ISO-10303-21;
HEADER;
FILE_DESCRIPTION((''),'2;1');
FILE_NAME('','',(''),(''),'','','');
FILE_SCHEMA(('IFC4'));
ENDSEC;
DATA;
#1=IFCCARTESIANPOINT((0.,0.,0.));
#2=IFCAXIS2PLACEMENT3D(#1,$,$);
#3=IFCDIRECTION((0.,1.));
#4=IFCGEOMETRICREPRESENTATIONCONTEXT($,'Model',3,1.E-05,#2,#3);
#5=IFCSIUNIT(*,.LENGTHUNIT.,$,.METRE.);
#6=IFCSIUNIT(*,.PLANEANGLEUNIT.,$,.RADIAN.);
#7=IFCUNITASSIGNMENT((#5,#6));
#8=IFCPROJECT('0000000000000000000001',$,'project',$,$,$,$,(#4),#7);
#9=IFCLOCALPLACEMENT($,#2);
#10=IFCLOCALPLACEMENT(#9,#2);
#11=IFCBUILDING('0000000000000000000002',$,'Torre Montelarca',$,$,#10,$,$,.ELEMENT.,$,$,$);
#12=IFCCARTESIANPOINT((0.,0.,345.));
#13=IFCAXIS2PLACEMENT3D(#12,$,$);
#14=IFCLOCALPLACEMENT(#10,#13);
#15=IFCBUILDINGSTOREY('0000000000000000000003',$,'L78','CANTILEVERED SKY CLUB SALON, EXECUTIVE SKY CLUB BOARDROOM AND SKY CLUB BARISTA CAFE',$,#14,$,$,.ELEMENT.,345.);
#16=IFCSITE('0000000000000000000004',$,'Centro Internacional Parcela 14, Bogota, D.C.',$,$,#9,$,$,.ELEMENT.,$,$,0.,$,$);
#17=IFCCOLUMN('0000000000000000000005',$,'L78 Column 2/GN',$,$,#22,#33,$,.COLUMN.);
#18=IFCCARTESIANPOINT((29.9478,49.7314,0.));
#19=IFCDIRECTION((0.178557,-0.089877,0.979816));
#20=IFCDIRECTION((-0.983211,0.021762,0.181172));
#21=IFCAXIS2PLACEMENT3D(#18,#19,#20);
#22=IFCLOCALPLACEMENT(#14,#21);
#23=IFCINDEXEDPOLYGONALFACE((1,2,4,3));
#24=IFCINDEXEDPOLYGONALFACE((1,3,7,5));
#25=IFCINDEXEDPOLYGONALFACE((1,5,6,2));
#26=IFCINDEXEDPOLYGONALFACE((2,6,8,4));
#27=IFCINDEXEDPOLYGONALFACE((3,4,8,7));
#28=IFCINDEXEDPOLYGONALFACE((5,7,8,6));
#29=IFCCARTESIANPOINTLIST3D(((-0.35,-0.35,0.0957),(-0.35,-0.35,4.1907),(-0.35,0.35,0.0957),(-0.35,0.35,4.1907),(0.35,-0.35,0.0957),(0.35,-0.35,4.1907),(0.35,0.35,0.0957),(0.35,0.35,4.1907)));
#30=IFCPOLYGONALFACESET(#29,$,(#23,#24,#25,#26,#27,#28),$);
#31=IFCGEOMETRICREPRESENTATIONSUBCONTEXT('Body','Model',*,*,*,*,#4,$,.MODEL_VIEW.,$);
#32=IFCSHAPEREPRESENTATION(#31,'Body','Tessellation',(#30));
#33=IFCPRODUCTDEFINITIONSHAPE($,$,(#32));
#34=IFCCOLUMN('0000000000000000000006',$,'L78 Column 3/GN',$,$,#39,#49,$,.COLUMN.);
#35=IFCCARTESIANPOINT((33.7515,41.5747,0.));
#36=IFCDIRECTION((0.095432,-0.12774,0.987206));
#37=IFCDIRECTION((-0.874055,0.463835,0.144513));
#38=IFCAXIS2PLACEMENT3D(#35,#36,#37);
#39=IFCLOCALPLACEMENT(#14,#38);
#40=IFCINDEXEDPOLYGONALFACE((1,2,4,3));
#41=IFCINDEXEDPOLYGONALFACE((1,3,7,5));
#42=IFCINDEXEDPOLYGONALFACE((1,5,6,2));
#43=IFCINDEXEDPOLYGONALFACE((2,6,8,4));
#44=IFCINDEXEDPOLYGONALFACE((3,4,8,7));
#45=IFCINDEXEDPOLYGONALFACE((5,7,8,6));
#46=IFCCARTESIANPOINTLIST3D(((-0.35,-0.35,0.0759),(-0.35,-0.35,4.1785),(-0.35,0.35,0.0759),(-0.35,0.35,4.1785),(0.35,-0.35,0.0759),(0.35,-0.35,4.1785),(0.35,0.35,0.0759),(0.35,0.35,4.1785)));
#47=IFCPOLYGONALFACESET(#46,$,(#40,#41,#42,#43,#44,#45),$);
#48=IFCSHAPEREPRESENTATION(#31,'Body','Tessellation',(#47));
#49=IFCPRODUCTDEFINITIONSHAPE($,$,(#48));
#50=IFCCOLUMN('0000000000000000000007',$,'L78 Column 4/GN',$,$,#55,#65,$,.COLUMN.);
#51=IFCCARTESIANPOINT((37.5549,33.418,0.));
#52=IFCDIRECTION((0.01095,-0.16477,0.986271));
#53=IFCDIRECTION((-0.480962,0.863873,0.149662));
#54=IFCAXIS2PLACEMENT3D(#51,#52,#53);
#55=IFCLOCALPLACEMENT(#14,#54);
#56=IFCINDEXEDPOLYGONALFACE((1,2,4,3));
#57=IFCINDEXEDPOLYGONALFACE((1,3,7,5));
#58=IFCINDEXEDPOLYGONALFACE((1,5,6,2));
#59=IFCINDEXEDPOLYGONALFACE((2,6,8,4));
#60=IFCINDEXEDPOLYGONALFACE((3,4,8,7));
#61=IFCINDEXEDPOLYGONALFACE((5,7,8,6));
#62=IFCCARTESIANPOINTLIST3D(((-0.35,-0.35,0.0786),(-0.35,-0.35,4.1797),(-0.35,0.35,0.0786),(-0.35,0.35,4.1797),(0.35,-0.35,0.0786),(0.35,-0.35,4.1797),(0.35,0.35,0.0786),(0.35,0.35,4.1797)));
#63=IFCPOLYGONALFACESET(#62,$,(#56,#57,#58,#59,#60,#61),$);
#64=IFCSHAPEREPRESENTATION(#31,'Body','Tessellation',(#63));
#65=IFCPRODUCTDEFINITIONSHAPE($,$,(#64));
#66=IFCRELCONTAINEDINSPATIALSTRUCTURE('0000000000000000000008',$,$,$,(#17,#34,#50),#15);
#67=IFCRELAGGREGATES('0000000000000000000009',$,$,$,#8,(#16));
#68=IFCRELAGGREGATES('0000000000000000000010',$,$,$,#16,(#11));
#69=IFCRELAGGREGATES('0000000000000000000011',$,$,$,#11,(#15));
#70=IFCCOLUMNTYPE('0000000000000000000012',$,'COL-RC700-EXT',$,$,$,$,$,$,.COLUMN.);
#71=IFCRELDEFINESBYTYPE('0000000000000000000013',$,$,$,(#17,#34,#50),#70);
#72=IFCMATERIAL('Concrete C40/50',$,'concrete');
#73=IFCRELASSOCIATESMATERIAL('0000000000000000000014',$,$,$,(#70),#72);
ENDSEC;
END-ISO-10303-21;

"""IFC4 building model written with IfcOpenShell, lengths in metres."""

from ifc_helpers import new_model, si_unit, direction, frame, origin, origin_2d, place, context, subcontext, project, spatial, rectangle, extrude, clip, halfspace, material, material_profile, profile_set, type_object, element, save


model = new_model("IFC4")

# Units and contexts
model_context = context("Model", 3, precision=1e-05, world=origin(), true_north=direction((0.0, 1.0)))
body_context = subcontext(model_context, "Body", "Model", "MODEL_VIEW")
ifc_project = project(units=[si_unit("LENGTHUNIT", "METRE"), si_unit("PLANEANGLEUNIT", "RADIAN")], contexts=[model_context])

# Site, building, storey
site_placement = place(None, origin())
site = spatial("IfcSite", under=ifc_project, at=site_placement, Name="Centro Internacional Parcela 14, Bogota, D.C.", CompositionType="ELEMENT", RefElevation=0.0)
building_placement = place(site_placement, origin())
building = spatial("IfcBuilding", under=site, at=building_placement, Name="Torre Montelarca", CompositionType="ELEMENT")
storey_placement = place(building_placement, frame((0.0, 0.0, 345.0)))
storey = spatial("IfcBuildingStorey", under=building, at=storey_placement, Name="L78", Description="CANTILEVERED SKY CLUB SALON, EXECUTIVE SKY CLUB BOARDROOM AND SKY CLUB BARISTA CAFE", CompositionType="ELEMENT", Elevation=345.0)

# Columns
ifc_material_1 = material(Name="Concrete C40/50", Category="concrete")
ifc_material_profile_1 = material_profile(ifc_material_1, rectangle(XDim=0.7, YDim=0.7, at=origin_2d()), Name="RC700X700", Category="concrete")
ifc_profile_set_1 = profile_set([ifc_material_profile_1], Name="Concrete C40/50")
column_type = type_object("IfcColumnType", Name="COL-RC700-EXT", PredefinedType="COLUMN", material=ifc_profile_set_1)
column_1_placement = place(storey_placement, frame((29.9478, 49.7314, 0.0), z_axis=(0.178557, -0.089877, 0.979816), x_axis=(-0.983211, 0.021762, 0.181172)))
element("IfcColumn", 1, at=column_1_placement, inside=storey, type_object=column_type, Name="L78 Column 2/GN", PredefinedType="COLUMN", context=body_context, shape_type="Clipping", body=[
    clip(clip(extrude(rectangle(XDim=0.7, YDim=0.7, at=origin_2d()), origin(), (0.0, 0.0, 1.0), 4.2864), halfspace(frame((0.0, 0.0, 0.0957), z_axis=(0.0, 0.0, -1.0), x_axis=(1.0, 0.0, 0.0)), False)), halfspace(frame((0.0, 0.0, 4.1907), z_axis=(0.0, 0.0, 1.0), x_axis=(1.0, 0.0, 0.0)), False)),
])
column_2_placement = place(storey_placement, frame((33.7515, 41.5747, 0.0), z_axis=(0.095432, -0.12774, 0.987206), x_axis=(-0.874055, 0.463835, 0.144513)))
element("IfcColumn", 2, at=column_2_placement, inside=storey, type_object=column_type, Name="L78 Column 3/GN", PredefinedType="COLUMN", context=body_context, shape_type="Clipping", body=[
    clip(clip(extrude(rectangle(XDim=0.7, YDim=0.7, at=origin_2d()), origin(), (0.0, 0.0, 1.0), 4.2544), halfspace(frame((0.0, 0.0, 0.0759), z_axis=(0.0, 0.0, -1.0), x_axis=(1.0, 0.0, 0.0)), False)), halfspace(frame((0.0, 0.0, 4.1785), z_axis=(0.0, 0.0, 1.0), x_axis=(1.0, 0.0, 0.0)), False)),
])
column_3_placement = place(storey_placement, frame((37.5549, 33.418, 0.0), z_axis=(0.01095, -0.16477, 0.986271), x_axis=(-0.480962, 0.863873, 0.149662)))
element("IfcColumn", 3, at=column_3_placement, inside=storey, type_object=column_type, Name="L78 Column 4/GN", PredefinedType="COLUMN", context=body_context, shape_type="Clipping", body=[
    clip(clip(extrude(rectangle(XDim=0.7, YDim=0.7, at=origin_2d()), origin(), (0.0, 0.0, 1.0), 4.2583), halfspace(frame((0.0, 0.0, 0.0786), z_axis=(0.0, 0.0, -1.0), x_axis=(1.0, 0.0, 0.0)), False)), halfspace(frame((0.0, 0.0, 4.1797), z_axis=(0.0, 0.0, 1.0), x_axis=(1.0, 0.0, 0.0)), False)),
])

save(model, "model.ifc")
